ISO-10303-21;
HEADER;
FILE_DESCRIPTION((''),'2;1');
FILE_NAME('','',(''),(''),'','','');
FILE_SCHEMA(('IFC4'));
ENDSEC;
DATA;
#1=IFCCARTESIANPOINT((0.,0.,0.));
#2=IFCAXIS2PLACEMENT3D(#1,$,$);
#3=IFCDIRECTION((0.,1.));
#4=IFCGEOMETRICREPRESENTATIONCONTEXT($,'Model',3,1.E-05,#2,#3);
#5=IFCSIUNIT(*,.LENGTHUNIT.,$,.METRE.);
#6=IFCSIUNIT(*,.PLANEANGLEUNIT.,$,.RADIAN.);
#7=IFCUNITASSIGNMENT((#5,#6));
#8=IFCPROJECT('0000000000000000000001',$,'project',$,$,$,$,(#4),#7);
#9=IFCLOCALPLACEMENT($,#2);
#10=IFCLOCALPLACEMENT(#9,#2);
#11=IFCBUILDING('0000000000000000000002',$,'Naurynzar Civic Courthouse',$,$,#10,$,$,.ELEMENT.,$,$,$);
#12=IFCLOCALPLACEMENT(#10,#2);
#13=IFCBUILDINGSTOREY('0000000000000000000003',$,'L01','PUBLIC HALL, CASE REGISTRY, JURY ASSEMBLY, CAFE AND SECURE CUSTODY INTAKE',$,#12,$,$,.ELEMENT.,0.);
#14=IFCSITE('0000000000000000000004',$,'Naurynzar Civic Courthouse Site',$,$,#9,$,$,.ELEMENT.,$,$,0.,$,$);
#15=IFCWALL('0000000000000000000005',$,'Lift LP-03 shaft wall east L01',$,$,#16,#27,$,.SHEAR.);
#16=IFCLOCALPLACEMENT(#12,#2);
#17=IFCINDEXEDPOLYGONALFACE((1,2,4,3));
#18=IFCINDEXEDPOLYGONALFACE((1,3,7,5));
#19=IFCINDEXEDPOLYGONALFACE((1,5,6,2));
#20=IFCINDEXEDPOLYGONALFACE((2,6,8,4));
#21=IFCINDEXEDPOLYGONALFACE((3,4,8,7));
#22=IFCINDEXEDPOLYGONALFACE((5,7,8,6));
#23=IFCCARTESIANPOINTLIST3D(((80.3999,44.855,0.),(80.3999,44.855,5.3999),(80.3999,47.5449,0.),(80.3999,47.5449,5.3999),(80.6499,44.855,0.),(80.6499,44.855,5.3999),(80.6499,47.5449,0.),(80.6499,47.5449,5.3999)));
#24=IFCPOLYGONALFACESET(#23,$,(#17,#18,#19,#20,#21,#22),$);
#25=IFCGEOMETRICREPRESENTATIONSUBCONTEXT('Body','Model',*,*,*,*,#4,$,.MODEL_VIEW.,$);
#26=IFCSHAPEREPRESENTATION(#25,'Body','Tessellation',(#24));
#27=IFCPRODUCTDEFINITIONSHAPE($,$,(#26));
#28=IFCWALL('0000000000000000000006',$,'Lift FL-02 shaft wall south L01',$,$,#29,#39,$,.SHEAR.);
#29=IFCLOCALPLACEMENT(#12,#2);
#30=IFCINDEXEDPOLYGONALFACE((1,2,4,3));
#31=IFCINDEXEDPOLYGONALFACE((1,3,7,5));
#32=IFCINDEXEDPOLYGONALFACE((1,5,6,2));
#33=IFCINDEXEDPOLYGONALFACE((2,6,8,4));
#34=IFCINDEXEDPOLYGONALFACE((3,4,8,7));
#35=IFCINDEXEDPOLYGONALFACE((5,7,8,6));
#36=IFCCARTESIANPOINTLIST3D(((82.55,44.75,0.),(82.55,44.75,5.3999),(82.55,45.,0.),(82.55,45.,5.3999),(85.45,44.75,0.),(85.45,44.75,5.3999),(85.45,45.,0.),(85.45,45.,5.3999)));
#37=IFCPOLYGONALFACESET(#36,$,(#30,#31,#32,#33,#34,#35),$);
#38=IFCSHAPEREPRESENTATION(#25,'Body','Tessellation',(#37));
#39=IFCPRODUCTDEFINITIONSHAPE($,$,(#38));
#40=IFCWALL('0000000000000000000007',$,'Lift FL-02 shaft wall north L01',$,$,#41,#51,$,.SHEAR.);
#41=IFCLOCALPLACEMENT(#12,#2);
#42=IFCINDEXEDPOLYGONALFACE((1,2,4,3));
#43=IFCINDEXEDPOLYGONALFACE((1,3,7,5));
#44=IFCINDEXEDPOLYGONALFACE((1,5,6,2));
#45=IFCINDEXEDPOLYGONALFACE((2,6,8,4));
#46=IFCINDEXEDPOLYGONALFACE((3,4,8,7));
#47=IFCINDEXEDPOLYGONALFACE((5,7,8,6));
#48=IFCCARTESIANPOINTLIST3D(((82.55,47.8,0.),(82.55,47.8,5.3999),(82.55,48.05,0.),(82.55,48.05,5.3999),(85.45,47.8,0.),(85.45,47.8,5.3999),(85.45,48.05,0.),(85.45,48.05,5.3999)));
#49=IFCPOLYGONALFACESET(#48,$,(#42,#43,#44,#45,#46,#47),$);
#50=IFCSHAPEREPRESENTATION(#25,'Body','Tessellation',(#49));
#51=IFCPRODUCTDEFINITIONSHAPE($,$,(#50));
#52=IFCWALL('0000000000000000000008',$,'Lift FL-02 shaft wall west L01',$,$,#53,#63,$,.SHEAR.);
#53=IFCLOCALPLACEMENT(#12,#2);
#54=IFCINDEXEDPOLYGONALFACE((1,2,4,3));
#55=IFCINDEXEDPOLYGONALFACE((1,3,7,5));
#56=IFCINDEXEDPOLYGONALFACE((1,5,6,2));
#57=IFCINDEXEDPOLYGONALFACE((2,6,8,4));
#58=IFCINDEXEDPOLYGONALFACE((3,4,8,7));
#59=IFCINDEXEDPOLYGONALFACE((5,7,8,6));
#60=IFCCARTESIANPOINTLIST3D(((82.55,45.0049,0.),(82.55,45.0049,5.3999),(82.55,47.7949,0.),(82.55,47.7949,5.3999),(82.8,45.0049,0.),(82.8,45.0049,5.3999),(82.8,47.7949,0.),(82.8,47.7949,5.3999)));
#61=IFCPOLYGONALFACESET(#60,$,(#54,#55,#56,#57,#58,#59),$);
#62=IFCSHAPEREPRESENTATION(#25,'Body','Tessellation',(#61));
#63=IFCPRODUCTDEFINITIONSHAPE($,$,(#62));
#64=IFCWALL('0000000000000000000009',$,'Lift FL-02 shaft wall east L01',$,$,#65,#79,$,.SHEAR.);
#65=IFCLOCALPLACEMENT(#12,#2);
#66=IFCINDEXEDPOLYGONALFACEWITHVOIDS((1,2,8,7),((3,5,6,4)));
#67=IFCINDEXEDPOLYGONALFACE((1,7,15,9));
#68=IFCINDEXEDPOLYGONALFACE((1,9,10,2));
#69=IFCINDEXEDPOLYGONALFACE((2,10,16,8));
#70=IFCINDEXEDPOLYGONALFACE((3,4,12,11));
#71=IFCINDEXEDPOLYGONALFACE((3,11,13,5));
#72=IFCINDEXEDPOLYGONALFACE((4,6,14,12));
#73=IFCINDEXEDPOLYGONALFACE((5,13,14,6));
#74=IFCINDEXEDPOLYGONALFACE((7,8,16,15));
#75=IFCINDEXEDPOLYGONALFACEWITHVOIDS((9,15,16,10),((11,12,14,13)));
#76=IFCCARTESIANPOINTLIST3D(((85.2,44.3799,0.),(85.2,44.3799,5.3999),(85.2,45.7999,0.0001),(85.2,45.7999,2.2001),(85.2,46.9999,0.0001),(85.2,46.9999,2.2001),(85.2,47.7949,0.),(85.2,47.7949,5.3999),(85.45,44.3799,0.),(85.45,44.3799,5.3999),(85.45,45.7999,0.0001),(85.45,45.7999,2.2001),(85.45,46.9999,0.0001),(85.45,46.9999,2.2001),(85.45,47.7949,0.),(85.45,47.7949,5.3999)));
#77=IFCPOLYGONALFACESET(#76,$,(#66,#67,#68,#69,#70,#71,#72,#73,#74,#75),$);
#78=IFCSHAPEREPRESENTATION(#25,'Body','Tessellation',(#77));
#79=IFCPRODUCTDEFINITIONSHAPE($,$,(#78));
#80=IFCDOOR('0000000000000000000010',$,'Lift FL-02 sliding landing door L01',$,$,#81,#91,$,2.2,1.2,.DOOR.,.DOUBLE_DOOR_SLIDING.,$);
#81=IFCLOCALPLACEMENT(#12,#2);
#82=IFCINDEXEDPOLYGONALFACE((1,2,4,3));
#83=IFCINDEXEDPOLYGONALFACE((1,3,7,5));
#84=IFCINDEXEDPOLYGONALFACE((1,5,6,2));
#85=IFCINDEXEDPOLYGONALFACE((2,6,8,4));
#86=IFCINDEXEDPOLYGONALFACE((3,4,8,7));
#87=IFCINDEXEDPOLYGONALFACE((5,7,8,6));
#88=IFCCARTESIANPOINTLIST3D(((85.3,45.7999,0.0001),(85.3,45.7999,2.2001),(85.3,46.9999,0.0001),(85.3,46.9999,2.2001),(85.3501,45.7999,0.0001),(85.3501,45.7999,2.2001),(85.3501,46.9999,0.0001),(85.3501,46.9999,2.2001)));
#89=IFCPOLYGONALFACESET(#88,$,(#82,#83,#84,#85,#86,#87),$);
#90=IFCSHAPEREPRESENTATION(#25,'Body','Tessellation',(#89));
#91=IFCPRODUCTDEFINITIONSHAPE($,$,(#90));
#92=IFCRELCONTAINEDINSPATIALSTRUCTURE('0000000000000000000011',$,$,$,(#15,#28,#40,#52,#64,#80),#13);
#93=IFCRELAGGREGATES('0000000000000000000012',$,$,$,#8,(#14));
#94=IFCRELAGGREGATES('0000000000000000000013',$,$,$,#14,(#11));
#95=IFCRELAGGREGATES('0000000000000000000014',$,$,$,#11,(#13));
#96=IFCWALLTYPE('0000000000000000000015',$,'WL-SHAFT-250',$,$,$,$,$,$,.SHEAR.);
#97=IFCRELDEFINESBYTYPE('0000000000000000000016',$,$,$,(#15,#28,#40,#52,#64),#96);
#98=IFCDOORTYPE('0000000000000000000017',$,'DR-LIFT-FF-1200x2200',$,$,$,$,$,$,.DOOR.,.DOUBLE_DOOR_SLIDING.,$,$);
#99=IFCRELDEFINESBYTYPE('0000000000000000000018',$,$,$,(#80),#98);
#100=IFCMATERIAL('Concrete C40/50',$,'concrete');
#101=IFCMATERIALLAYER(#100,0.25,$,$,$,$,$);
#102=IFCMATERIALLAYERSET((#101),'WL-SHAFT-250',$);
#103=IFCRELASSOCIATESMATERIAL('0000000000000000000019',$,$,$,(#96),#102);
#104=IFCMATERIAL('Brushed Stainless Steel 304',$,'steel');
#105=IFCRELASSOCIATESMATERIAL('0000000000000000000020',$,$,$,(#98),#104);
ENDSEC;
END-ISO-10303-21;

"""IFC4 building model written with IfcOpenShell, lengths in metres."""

from ifc_helpers import new_model, si_unit, direction, frame, frame_2d, origin, place, context, subcontext, project, spatial, rectangle, extrude, material, layer, layer_set, type_object, element, fill, save


model = new_model("IFC4")

# Units and contexts
model_context = context("Model", 3, precision=1e-05, world=origin(), true_north=direction((0.0, 1.0)))
body_context = subcontext(model_context, "Body", "Model", "MODEL_VIEW")
ifc_project = project(units=[si_unit("LENGTHUNIT", "METRE"), si_unit("PLANEANGLEUNIT", "RADIAN")], contexts=[model_context])

# Site, building, storey
site_placement = place(None, origin())
site = spatial("IfcSite", under=ifc_project, at=site_placement, Name="Naurynzar Civic Courthouse Site", CompositionType="ELEMENT", RefElevation=0.0)
building_placement = place(site_placement, origin())
building = spatial("IfcBuilding", under=site, at=building_placement, Name="Naurynzar Civic Courthouse", CompositionType="ELEMENT")
storey_placement = place(building_placement, origin())
storey = spatial("IfcBuildingStorey", under=building, at=storey_placement, Name="L01", Description="PUBLIC HALL, CASE REGISTRY, JURY ASSEMBLY, CAFE AND SECURE CUSTODY INTAKE", CompositionType="ELEMENT", Elevation=0.0)

# Shared definitions
ifc_material_1 = material(Name="Concrete C40/50", Category="concrete")
ifc_layer_1 = layer(ifc_material_1, 0.25)
ifc_layer_set_1 = layer_set([ifc_layer_1], Name="WL-SHAFT-250")
wall_type_1 = type_object("IfcWallType", Name="WL-SHAFT-250", PredefinedType="SHEAR", material=ifc_layer_set_1)

# Walls
for number, where, z_axis, x_axis, name in (
    (1, (80.5249, 44.855, 0.0), (0.0, 0.0, 1.0), (0.0, 1.0, 0.0), "Lift LP-03 shaft wall east L01"),
):
    element("IfcWall", number, at=place(storey_placement, frame(where, z_axis=z_axis, x_axis=x_axis)), inside=storey, type_object=wall_type_1, Name=name, PredefinedType="SHEAR", context=body_context, shape_type="SweptSolid", body=[
        extrude(rectangle(XDim=2.6899, YDim=0.25, at=frame_2d((1.345, 0.0))), origin(), (0.0, 0.0, 1.0), 5.3999),
    ])
for number, where, z_axis, x_axis, name in (
    (2, (82.55, 44.875, 0.0), (0.0, 0.0, 1.0), (1.0, 0.0, 0.0), "Lift FL-02 shaft wall south L01"),
    (3, (85.45, 47.925, 0.0), (0.0, 0.0, 1.0), (-1.0, 0.0, 0.0), "Lift FL-02 shaft wall north L01"),
):
    element("IfcWall", number, at=place(storey_placement, frame(where, z_axis=z_axis, x_axis=x_axis)), inside=storey, type_object=wall_type_1, Name=name, PredefinedType="SHEAR", context=body_context, shape_type="SweptSolid", body=[
        extrude(rectangle(XDim=2.8999, YDim=0.25, at=frame_2d((1.45, 0.0))), origin(), (0.0, 0.0, 1.0), 5.3999),
    ])
wall_1_placement = place(storey_placement, frame((82.675, 47.7949, 0.0), z_axis=(0.0, 0.0, 1.0), x_axis=(0.0, -1.0, 0.0)))
element("IfcWall", 4, at=wall_1_placement, inside=storey, type_object=wall_type_1, Name="Lift FL-02 shaft wall west L01", PredefinedType="SHEAR", context=body_context, shape_type="SweptSolid", body=[
    extrude(rectangle(XDim=2.79, YDim=0.25, at=frame_2d((1.395, 0.0))), origin(), (0.0, 0.0, 1.0), 5.3999),
])

# Wall, opening, door
wall_2_placement = place(storey_placement, frame((85.325, 44.3799, 0.0), z_axis=(0.0, 0.0, 1.0), x_axis=(0.0, 1.0, 0.0)))
wall_2 = element("IfcWall", 5, at=wall_2_placement, inside=storey, type_object=wall_type_1, Name="Lift FL-02 shaft wall east L01", PredefinedType="SHEAR", context=body_context, shape_type="SweptSolid", body=[
    extrude(rectangle(XDim=3.415, YDim=0.25, at=frame_2d((1.7075, 0.0))), origin(), (0.0, 0.0, 1.0), 5.3999),
])
opening_1_placement = place(wall_2_placement, frame((1.4199, 0.0, 0.0)))
opening_1 = element("IfcOpeningElement", 6, at=opening_1_placement, cuts=wall_2, PredefinedType="OPENING", context=body_context, shape_type="SweptSolid", body=[
    extrude(rectangle(XDim=1.2, YDim=2.2, at=frame_2d((0.6001, 1.1001))), frame((0.0, 0.135, 0.0), z_axis=(0.0, -1.0, 0.0), x_axis=(1.0, 0.0, 0.0)), (0.0, 0.0, 1.0), 0.27),
])
ifc_material_2 = material(Name="Brushed Stainless Steel 304", Category="steel")
door_type_1 = type_object("IfcDoorType", Name="DR-LIFT-FF-1200x2200", OperationType="DOUBLE_DOOR_SLIDING", PredefinedType="DOOR", material=ifc_material_2)
door_1_placement = place(opening_1_placement, origin())
door_1 = element("IfcDoor", 7, at=door_1_placement, inside=storey, type_object=door_type_1, Name="Lift FL-02 sliding landing door L01", OperationType="DOUBLE_DOOR_SLIDING", OverallHeight=2.2, OverallWidth=1.2, PredefinedType="DOOR", context=body_context, shape_type="SweptSolid", body=[
    extrude(rectangle(XDim=1.2, YDim=2.2, at=frame_2d((0.6001, 1.1001))), frame((0.0, 0.0249, 0.0), z_axis=(0.0, -1.0, 0.0), x_axis=(1.0, 0.0, 0.0)), (0.0, 0.0, 1.0), 0.05),
])
fill(opening_1, door_1)

save(model, "model.ifc")
